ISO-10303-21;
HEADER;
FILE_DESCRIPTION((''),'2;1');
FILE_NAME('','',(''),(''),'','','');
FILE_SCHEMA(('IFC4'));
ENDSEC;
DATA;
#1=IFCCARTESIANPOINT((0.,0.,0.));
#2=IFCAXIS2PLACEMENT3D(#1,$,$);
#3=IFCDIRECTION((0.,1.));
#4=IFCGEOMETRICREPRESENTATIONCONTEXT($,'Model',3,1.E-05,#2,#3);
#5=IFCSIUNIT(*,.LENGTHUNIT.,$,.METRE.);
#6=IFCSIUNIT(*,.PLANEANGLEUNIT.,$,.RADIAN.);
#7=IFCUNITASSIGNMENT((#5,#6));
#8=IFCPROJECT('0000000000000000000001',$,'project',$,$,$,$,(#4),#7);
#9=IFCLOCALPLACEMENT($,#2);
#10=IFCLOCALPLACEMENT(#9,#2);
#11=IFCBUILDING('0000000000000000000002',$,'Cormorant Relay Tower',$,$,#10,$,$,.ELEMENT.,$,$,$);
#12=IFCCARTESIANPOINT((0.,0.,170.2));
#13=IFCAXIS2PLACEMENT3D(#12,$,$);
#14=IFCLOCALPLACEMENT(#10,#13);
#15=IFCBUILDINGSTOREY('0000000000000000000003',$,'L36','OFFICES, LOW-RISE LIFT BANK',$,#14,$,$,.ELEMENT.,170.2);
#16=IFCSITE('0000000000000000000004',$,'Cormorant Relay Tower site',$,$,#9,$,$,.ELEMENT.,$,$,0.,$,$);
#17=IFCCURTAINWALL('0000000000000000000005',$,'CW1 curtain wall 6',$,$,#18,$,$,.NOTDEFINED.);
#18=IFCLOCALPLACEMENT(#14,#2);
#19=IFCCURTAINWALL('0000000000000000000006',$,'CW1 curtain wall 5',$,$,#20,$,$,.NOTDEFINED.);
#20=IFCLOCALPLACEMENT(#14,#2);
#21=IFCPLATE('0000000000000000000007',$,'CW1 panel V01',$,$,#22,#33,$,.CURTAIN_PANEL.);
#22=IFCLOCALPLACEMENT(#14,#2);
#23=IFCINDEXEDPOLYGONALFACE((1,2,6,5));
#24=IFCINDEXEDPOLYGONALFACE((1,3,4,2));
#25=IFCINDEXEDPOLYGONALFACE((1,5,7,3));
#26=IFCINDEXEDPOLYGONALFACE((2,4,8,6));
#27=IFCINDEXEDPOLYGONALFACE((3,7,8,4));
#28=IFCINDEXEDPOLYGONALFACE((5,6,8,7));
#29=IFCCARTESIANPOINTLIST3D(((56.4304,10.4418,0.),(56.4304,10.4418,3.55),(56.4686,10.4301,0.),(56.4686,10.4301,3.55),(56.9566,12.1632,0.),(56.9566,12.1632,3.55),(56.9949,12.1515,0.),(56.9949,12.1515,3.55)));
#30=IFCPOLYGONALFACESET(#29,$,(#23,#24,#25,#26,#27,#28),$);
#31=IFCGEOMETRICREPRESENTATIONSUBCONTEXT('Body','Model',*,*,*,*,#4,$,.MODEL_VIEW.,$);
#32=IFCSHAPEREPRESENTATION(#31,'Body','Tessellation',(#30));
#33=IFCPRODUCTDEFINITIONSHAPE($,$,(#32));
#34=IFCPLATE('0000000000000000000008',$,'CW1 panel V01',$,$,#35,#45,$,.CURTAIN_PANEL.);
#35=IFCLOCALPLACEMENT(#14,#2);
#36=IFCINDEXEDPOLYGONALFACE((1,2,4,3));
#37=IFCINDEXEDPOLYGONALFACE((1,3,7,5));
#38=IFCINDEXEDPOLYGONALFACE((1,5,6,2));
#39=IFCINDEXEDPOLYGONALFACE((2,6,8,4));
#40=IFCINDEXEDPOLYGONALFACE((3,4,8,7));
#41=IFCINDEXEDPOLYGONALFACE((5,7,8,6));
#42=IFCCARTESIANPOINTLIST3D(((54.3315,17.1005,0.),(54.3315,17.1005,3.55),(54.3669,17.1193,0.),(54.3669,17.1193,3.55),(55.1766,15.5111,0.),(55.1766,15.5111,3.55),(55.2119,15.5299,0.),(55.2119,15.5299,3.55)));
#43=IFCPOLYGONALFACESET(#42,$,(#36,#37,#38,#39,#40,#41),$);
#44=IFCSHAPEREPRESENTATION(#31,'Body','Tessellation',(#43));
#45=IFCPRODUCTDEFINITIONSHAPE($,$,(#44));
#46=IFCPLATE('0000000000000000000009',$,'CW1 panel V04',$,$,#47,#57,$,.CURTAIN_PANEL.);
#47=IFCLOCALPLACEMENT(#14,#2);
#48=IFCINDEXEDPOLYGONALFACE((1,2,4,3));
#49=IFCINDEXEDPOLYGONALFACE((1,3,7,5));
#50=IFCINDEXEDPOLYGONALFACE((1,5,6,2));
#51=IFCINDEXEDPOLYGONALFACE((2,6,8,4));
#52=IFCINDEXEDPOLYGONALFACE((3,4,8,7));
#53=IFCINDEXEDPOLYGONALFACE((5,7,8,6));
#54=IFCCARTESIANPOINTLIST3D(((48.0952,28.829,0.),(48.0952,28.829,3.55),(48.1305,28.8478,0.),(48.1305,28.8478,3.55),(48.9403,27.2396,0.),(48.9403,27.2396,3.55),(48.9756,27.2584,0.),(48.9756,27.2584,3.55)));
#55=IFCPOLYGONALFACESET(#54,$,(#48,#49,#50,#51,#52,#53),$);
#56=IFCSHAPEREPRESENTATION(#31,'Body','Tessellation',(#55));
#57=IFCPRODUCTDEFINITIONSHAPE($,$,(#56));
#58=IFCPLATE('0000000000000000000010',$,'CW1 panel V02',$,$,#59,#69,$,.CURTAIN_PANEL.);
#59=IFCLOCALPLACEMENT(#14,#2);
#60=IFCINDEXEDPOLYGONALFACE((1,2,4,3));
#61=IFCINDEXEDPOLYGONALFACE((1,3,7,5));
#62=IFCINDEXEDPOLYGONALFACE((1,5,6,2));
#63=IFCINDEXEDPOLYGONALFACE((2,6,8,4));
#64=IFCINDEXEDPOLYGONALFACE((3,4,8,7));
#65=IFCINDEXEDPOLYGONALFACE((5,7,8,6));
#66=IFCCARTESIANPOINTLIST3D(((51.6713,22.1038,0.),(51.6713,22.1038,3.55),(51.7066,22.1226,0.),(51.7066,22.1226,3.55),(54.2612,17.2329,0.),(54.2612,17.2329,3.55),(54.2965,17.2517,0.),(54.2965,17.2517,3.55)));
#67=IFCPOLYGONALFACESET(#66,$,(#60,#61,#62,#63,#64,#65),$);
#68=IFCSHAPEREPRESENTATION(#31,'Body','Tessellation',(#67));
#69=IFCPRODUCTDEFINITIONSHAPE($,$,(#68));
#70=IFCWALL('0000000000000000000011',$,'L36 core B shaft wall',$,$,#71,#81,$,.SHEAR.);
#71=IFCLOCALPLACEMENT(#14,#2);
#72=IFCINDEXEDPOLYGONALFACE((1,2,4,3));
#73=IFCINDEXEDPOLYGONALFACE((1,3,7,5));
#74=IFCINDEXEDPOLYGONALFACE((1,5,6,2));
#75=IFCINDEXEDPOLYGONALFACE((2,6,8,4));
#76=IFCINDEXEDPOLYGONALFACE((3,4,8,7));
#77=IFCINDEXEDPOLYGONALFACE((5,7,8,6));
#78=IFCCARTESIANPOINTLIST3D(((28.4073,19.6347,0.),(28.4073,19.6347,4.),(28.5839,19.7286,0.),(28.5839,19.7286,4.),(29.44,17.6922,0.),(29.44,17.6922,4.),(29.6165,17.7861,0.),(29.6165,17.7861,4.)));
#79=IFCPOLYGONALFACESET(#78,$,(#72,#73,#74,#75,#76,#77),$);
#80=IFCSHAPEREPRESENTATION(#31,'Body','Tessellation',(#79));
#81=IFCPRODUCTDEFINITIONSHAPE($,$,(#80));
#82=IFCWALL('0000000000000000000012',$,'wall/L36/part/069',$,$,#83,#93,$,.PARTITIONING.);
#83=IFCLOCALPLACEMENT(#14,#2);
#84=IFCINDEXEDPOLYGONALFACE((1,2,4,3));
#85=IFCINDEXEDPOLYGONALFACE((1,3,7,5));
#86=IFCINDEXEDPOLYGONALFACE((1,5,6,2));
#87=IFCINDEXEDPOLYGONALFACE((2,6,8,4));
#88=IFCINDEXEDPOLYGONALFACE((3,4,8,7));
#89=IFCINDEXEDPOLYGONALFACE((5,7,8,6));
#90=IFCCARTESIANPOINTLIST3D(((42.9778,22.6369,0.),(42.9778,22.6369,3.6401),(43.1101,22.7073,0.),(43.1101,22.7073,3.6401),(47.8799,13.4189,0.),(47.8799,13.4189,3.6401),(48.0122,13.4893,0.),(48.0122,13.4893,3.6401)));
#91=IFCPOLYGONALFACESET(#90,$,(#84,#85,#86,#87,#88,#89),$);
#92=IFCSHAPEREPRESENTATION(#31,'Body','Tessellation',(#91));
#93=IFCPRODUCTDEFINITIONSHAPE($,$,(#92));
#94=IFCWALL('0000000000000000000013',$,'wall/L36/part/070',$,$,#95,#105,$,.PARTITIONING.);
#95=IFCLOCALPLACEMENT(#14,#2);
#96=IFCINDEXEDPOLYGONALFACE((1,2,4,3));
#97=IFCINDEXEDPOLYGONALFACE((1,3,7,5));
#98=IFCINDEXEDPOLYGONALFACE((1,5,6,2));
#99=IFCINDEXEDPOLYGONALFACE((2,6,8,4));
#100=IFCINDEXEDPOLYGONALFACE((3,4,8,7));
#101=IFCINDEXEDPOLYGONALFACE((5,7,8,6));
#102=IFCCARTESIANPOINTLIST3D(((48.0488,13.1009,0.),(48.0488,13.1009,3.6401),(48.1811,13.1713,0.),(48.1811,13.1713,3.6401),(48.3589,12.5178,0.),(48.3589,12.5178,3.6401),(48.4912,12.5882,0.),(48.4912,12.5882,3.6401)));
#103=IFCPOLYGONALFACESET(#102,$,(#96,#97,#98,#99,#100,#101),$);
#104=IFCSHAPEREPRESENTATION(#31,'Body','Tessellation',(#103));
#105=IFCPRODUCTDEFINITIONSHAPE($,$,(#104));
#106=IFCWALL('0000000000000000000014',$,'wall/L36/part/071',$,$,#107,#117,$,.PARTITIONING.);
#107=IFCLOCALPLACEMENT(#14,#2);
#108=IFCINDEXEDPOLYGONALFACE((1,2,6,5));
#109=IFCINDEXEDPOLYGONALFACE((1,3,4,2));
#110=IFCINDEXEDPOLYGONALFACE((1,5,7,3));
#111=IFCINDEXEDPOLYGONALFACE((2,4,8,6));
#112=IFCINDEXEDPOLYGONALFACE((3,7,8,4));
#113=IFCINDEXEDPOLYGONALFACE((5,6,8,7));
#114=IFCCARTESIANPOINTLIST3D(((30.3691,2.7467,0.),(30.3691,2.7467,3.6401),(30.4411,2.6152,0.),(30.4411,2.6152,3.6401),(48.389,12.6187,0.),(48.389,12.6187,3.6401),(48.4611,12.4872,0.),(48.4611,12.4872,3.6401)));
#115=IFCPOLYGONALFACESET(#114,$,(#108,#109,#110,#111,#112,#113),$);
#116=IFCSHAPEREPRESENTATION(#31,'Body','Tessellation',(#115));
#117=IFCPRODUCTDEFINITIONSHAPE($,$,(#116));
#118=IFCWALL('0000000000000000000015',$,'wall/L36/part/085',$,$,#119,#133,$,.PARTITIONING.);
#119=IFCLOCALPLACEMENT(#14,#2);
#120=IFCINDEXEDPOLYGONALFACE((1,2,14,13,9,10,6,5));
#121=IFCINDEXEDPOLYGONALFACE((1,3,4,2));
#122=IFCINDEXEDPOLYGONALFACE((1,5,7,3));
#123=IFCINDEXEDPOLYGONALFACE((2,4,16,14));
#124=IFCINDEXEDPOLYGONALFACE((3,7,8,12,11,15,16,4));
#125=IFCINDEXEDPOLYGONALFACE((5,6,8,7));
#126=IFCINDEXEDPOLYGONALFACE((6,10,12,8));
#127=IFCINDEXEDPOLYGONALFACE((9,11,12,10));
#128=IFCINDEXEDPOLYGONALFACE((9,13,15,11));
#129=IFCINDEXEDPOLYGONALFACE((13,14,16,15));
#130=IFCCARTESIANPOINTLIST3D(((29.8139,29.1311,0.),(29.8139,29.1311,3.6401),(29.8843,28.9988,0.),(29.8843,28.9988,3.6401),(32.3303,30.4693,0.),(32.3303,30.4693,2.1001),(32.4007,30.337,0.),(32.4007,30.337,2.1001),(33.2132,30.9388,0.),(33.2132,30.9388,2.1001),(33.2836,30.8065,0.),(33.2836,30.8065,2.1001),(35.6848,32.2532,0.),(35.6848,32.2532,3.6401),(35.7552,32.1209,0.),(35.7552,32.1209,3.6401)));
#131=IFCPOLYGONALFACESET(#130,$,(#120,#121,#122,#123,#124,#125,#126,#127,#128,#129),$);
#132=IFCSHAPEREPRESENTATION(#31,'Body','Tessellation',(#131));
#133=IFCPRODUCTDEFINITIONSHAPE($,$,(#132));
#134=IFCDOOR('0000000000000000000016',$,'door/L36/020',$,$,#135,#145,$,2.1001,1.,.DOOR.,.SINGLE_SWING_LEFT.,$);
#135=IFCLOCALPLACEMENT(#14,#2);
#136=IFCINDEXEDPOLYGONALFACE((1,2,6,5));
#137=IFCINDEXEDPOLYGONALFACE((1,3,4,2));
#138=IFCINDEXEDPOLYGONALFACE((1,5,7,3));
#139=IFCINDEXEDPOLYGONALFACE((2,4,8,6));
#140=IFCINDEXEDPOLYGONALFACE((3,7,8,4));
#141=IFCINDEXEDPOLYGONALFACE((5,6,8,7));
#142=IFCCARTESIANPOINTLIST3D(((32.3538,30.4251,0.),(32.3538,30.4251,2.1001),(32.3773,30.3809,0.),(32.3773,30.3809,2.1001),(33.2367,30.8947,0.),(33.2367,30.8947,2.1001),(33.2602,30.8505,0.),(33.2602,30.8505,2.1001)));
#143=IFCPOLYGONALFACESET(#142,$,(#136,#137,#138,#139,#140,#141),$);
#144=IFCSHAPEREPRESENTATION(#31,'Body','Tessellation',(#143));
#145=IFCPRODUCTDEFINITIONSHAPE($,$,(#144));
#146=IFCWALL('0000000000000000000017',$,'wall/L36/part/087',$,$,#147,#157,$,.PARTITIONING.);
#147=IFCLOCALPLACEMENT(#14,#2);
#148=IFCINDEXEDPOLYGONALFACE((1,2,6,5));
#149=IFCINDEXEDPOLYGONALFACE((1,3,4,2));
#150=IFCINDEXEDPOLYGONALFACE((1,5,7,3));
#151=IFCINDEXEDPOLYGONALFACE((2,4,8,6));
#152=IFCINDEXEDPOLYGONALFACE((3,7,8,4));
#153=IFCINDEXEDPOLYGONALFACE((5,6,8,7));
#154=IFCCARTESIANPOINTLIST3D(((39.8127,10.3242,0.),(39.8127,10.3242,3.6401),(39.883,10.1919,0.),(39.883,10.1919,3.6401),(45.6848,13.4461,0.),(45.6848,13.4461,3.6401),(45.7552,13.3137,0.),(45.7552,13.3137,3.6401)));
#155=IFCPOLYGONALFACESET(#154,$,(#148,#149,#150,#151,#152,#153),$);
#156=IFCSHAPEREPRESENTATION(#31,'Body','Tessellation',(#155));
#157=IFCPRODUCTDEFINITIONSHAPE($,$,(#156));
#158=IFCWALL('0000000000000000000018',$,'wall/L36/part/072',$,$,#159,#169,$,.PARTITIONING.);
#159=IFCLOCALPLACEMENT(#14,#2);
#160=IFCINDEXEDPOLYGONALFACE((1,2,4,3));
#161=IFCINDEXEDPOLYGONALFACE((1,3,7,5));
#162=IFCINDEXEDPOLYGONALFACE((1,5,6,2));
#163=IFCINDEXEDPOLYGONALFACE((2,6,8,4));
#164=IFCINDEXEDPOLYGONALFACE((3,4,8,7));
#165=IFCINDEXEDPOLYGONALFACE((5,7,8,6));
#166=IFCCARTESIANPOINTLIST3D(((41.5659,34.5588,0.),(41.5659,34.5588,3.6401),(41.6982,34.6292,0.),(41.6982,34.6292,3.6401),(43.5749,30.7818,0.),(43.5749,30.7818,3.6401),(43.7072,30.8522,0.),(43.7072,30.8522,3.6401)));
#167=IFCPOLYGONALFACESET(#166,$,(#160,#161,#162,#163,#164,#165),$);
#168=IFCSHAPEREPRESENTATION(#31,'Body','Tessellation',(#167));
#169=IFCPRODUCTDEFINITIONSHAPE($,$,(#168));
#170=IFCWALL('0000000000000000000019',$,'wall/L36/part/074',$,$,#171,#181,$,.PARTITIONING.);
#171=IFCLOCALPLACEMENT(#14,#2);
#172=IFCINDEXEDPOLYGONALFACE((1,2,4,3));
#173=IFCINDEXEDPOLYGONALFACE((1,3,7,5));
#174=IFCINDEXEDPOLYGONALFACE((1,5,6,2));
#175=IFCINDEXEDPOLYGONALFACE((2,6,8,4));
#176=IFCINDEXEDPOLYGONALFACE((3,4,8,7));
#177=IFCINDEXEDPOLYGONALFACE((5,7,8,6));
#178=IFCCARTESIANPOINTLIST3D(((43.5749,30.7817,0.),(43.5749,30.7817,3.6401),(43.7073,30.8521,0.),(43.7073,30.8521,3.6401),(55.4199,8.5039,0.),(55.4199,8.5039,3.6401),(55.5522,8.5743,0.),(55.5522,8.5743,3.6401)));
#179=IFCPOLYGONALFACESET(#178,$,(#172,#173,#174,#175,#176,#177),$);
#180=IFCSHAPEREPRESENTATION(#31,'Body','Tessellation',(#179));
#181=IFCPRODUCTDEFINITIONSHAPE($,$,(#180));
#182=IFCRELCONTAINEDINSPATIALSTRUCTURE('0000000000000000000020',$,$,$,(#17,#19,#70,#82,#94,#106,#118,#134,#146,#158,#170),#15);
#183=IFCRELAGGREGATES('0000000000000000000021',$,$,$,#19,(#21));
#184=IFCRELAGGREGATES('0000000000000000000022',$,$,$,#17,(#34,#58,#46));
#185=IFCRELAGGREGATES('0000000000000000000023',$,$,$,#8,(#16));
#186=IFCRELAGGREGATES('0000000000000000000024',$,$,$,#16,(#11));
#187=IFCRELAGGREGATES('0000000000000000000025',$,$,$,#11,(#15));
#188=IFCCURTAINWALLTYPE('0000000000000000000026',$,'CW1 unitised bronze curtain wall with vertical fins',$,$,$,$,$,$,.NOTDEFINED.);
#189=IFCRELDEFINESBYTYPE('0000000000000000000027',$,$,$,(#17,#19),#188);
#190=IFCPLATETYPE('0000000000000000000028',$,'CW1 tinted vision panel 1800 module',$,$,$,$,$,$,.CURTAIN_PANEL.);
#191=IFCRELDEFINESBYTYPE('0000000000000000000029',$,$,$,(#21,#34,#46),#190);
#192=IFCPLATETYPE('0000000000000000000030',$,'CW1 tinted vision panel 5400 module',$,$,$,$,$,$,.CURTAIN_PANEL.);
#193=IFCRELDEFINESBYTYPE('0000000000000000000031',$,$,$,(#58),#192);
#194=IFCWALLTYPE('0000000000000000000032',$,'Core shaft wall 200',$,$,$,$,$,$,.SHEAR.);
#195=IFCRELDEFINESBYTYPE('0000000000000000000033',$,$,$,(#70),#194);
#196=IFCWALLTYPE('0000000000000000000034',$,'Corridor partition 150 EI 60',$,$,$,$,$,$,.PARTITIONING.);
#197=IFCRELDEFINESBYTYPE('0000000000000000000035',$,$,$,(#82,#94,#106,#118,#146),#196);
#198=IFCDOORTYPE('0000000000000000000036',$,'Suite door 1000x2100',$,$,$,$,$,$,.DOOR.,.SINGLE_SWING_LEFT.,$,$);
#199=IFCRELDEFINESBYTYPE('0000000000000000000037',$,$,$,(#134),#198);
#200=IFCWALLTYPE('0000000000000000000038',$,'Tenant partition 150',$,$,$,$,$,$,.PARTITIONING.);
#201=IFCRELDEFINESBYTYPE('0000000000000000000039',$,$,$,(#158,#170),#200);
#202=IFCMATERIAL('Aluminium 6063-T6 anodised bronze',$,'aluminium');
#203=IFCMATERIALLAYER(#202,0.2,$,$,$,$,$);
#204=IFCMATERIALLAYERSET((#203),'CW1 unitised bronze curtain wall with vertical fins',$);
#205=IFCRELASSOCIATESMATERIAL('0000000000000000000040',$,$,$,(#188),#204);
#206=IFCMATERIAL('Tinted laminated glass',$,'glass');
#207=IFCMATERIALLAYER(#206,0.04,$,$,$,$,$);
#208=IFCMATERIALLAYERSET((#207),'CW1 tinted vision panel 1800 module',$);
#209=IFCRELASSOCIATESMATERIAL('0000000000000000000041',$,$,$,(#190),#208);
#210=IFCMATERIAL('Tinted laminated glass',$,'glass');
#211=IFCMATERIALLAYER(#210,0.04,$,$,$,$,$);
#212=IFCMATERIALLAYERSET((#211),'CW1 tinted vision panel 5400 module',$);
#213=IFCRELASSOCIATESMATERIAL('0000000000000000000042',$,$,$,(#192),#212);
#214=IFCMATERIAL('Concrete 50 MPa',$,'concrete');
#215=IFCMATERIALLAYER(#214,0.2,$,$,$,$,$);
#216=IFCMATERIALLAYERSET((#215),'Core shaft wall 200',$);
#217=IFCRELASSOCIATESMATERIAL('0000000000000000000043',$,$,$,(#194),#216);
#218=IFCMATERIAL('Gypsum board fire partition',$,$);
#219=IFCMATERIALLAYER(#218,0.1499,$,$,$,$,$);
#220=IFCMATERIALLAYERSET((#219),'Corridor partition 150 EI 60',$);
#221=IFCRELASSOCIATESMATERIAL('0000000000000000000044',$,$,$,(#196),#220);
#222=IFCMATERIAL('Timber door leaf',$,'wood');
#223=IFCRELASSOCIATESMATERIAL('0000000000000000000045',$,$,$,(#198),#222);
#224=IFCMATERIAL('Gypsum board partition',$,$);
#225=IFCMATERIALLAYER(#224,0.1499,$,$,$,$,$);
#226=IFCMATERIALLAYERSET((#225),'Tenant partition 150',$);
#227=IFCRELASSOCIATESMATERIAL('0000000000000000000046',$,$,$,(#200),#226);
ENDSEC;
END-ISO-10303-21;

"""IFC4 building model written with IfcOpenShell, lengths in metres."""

from ifc_helpers import new_model, si_unit, direction, frame, frame_2d, origin, origin_2d, place, context, subcontext, project, spatial, rectangle, extrude, material, layer, layer_set, type_object, element, fill, aggregate, save


model = new_model("IFC4")

# Units and contexts
model_context = context("Model", 3, precision=1e-05, world=origin(), true_north=direction((0.0, 1.0)))
body_context = subcontext(model_context, "Body", "Model", "MODEL_VIEW")
ifc_project = project(units=[si_unit("LENGTHUNIT", "METRE"), si_unit("PLANEANGLEUNIT", "RADIAN")], contexts=[model_context])

# Site, building, storey
site_placement = place(None, origin())
site = spatial("IfcSite", under=ifc_project, at=site_placement, Name="Cormorant Relay Tower site", CompositionType="ELEMENT", RefElevation=0.0)
building_placement = place(site_placement, origin())
building = spatial("IfcBuilding", under=site, at=building_placement, Name="Cormorant Relay Tower", CompositionType="ELEMENT")
storey_placement = place(building_placement, frame((0.0, 0.0, 170.2)))
storey = spatial("IfcBuildingStorey", under=building, at=storey_placement, Name="L36", Description="OFFICES, LOW-RISE LIFT BANK", CompositionType="ELEMENT", Elevation=170.2)

# Curtain wall
ifc_material_1 = material(Name="Aluminium 6063-T6 anodised bronze", Category="aluminium")
ifc_layer_1 = layer(ifc_material_1, 0.2)
ifc_layer_set_1 = layer_set([ifc_layer_1], Name="CW1 unitised bronze curtain wall with vertical fins")
curtain_wall_type = type_object("IfcCurtainWallType", Name="CW1 unitised bronze curtain wall with vertical fins", PredefinedType="NOTDEFINED", material=ifc_layer_set_1)
curtain_wall_1_placement = place(storey_placement, origin())
curtain_wall_1 = element("IfcCurtainWall", 1, at=curtain_wall_1_placement, inside=storey, type_object=curtain_wall_type, Name="CW1 curtain wall 6", PredefinedType="NOTDEFINED")

# Curtain wall, plate
curtain_wall_2_placement = place(storey_placement, origin())
curtain_wall_2 = element("IfcCurtainWall", 2, at=curtain_wall_2_placement, inside=storey, type_object=curtain_wall_type, Name="CW1 curtain wall 5", PredefinedType="NOTDEFINED")
ifc_material_2 = material(Name="Tinted laminated glass", Category="glass")
ifc_layer_2 = layer(ifc_material_2, 0.04)
ifc_layer_set_2 = layer_set([ifc_layer_2], Name="CW1 tinted vision panel 1800 module")
plate_type_1 = type_object("IfcPlateType", Name="CW1 tinted vision panel 1800 module", PredefinedType="CURTAIN_PANEL", material=ifc_layer_set_2)
plate_1_placement = place(storey_placement, frame((56.7126, 11.2966, 0.0), z_axis=(0.0, 0.0, 1.0), x_axis=(0.292372, 0.956305, 0.0)))
plate_1 = element("IfcPlate", 3, at=plate_1_placement, type_object=plate_type_1, Name="CW1 panel V01", PredefinedType="CURTAIN_PANEL", context=body_context, shape_type="SweptSolid", body=[
    extrude(rectangle(XDim=1.8, YDim=0.04, at=origin_2d()), origin(), (0.0, 0.0, 1.0), 3.55),
])
aggregate(curtain_wall_2, [plate_1])

# Plates
plate_2_placement = place(storey_placement, frame((54.7717, 16.3152, 0.0), z_axis=(0.0, 0.0, 1.0), x_axis=(-0.469472, 0.882948, 0.0)))
plate_2 = element("IfcPlate", 4, at=plate_2_placement, type_object=plate_type_1, Name="CW1 panel V01", PredefinedType="CURTAIN_PANEL", context=body_context, shape_type="SweptSolid", body=[
    extrude(rectangle(XDim=1.8, YDim=0.04, at=origin_2d()), origin(), (0.0, 0.0, 1.0), 3.55),
])
plate_3_placement = place(storey_placement, frame((48.5354, 28.0437, 0.0), z_axis=(0.0, 0.0, 1.0), x_axis=(-0.469472, 0.882948, 0.0)))
plate_3 = element("IfcPlate", 5, at=plate_3_placement, type_object=plate_type_1, Name="CW1 panel V04", PredefinedType="CURTAIN_PANEL", context=body_context, shape_type="SweptSolid", body=[
    extrude(rectangle(XDim=1.8, YDim=0.04, at=origin_2d()), origin(), (0.0, 0.0, 1.0), 3.55),
])
ifc_material_3 = material(Name="Tinted laminated glass", Category="glass")
ifc_layer_3 = layer(ifc_material_3, 0.04)
ifc_layer_set_3 = layer_set([ifc_layer_3], Name="CW1 tinted vision panel 5400 module")
plate_type_2 = type_object("IfcPlateType", Name="CW1 tinted vision panel 5400 module", PredefinedType="CURTAIN_PANEL", material=ifc_layer_set_3)
plate_4_placement = place(storey_placement, frame((52.9839, 19.6777, 0.0), z_axis=(0.0, 0.0, 1.0), x_axis=(-0.469472, 0.882948, 0.0)))
plate_4 = element("IfcPlate", 6, at=plate_4_placement, type_object=plate_type_2, Name="CW1 panel V02", PredefinedType="CURTAIN_PANEL", context=body_context, shape_type="SweptSolid", body=[
    extrude(rectangle(XDim=5.5166, YDim=0.04, at=origin_2d()), origin(), (0.0, 0.0, 1.0), 3.55),
])

# Wall
ifc_material_4 = material(Name="Concrete 50 MPa", Category="concrete")
ifc_layer_4 = layer(ifc_material_4, 0.2)
ifc_layer_set_4 = layer_set([ifc_layer_4], Name="Core shaft wall 200")
wall_type_1 = type_object("IfcWallType", Name="Core shaft wall 200", PredefinedType="SHEAR", material=ifc_layer_set_4)
wall_1_placement = place(storey_placement, frame((29.5283, 17.739, 0.0), z_axis=(0.0, 0.0, 1.0), x_axis=(-0.469401, 0.882985, 0.0)))
element("IfcWall", 7, at=wall_1_placement, inside=storey, type_object=wall_type_1, Name="L36 core B shaft wall", PredefinedType="SHEAR", context=body_context, shape_type="SweptSolid", body=[
    extrude(rectangle(XDim=2.2, YDim=0.2, at=frame_2d((1.1001, 0.0))), origin(), (0.0, 0.0, 1.0), 4.0),
])

# Walls
ifc_material_5 = material(Name="Gypsum board fire partition")
ifc_layer_5 = layer(ifc_material_5, 0.1499)
ifc_layer_set_5 = layer_set([ifc_layer_5], Name="Corridor partition 150 EI 60")
wall_type_2 = type_object("IfcWallType", Name="Corridor partition 150 EI 60", PredefinedType="PARTITIONING", material=ifc_layer_set_5)
wall_2_placement = place(storey_placement, frame((43.0439, 22.6721, 0.0), z_axis=(0.0, 0.0, 1.0), x_axis=(0.469531, -0.882916, 0.0)))
element("IfcWall", 8, at=wall_2_placement, inside=storey, type_object=wall_type_2, Name="wall/L36/part/069", PredefinedType="PARTITIONING", context=body_context, shape_type="SweptSolid", body=[
    extrude(rectangle(XDim=10.4404, YDim=0.1499, at=frame_2d((5.2202, 0.0))), origin(), (0.0, 0.0, 1.0), 3.6401),
])
wall_3_placement = place(storey_placement, frame((48.115, 13.136, 0.0), z_axis=(0.0, 0.0, 1.0), x_axis=(0.469552, -0.882905, 0.0)))
element("IfcWall", 9, at=wall_3_placement, inside=storey, type_object=wall_type_2, Name="wall/L36/part/070", PredefinedType="PARTITIONING", context=body_context, shape_type="SweptSolid", body=[
    extrude(rectangle(XDim=0.6604, YDim=0.1499, at=frame_2d((0.3301, 0.0))), origin(), (0.0, 0.0, 1.0), 3.6401),
])
wall_4_placement = place(storey_placement, frame((48.425, 12.553, 0.0), z_axis=(0.0, 0.0, 1.0), x_axis=(-0.877015, -0.480463, 0.0)))
element("IfcWall", 10, at=wall_4_placement, inside=storey, type_object=wall_type_2, Name="wall/L36/part/071", PredefinedType="PARTITIONING", context=body_context, shape_type="SweptSolid", body=[
    extrude(rectangle(XDim=20.5469, YDim=0.1499, at=frame_2d((10.2734, 0.0))), origin(), (0.0, 0.0, 1.0), 3.6401),
])

# Wall, opening, door
wall_5_placement = place(storey_placement, frame((29.8491, 29.0649, 0.0), z_axis=(0.0, 0.0, 1.0), x_axis=(0.882917, 0.469528, 0.0)))
wall_5 = element("IfcWall", 11, at=wall_5_placement, inside=storey, type_object=wall_type_2, Name="wall/L36/part/085", PredefinedType="PARTITIONING", context=body_context, shape_type="SweptSolid", body=[
    extrude(rectangle(XDim=6.6494, YDim=0.1499, at=frame_2d((3.3247, 0.0))), origin(), (0.0, 0.0, 1.0), 3.6401),
])
opening_1_placement = place(wall_5_placement, frame((2.8501, 0.0, 0.0)))
opening_1 = element("IfcOpeningElement", 12, at=opening_1_placement, cuts=wall_5, PredefinedType="OPENING", context=body_context, shape_type="SweptSolid", body=[
    extrude(rectangle(XDim=1.0, YDim=2.1001, at=frame_2d((0.5, 1.05))), frame((0.0, 0.085, 0.0), z_axis=(0.0, -1.0, 0.0), x_axis=(1.0, 0.0, 0.0)), (0.0, 0.0, 1.0), 0.1699),
])
ifc_material_6 = material(Name="Timber door leaf", Category="wood")
door_type_1 = type_object("IfcDoorType", Name="Suite door 1000x2100", OperationType="SINGLE_SWING_LEFT", PredefinedType="DOOR", material=ifc_material_6)
door_1_placement = place(opening_1_placement, origin())
door_1 = element("IfcDoor", 13, at=door_1_placement, inside=storey, type_object=door_type_1, Name="door/L36/020", OperationType="SINGLE_SWING_LEFT", OverallHeight=2.1001, OverallWidth=1.0, PredefinedType="DOOR", context=body_context, shape_type="SweptSolid", body=[
    extrude(rectangle(XDim=1.0, YDim=2.1001, at=frame_2d((0.5, 1.05))), frame((0.0, 0.0249, 0.0), z_axis=(0.0, -1.0, 0.0), x_axis=(1.0, 0.0, 0.0)), (0.0, 0.0, 1.0), 0.05),
])
fill(opening_1, door_1)

# Walls
wall_6_placement = place(storey_placement, frame((45.72, 13.3799, 0.0), z_axis=(0.0, 0.0, 1.0), x_axis=(-0.882973, -0.469424, 0.0)))
element("IfcWall", 14, at=wall_6_placement, inside=storey, type_object=wall_type_2, Name="wall/L36/part/087", PredefinedType="PARTITIONING", context=body_context, shape_type="SweptSolid", body=[
    extrude(rectangle(XDim=6.6504, YDim=0.1499, at=frame_2d((3.3252, 0.0))), origin(), (0.0, 0.0, 1.0), 3.6401),
])
ifc_material_7 = material(Name="Gypsum board partition")
ifc_layer_6 = layer(ifc_material_7, 0.1499)
ifc_layer_set_6 = layer_set([ifc_layer_6], Name="Tenant partition 150")
wall_type_3 = type_object("IfcWallType", Name="Tenant partition 150", PredefinedType="PARTITIONING", material=ifc_layer_set_6)
wall_7_placement = place(storey_placement, frame((43.6411, 30.8169, 0.0), z_axis=(0.0, 0.0, 1.0), x_axis=(-0.469602, 0.882878, 0.0)))
element("IfcWall", 15, at=wall_7_placement, inside=storey, type_object=wall_type_3, Name="wall/L36/part/072", PredefinedType="PARTITIONING", context=body_context, shape_type="SweptSolid", body=[
    extrude(rectangle(XDim=4.2781, YDim=0.1499, at=frame_2d((2.1392, 0.0))), origin(), (0.0, 0.0, 1.0), 3.6401),
])
wall_8_placement = place(storey_placement, frame((43.6411, 30.8169, 0.0), z_axis=(0.0, 0.0, 1.0), x_axis=(0.46946, -0.882954, 0.0)))
element("IfcWall", 16, at=wall_8_placement, inside=storey, type_object=wall_type_3, Name="wall/L36/part/074", PredefinedType="PARTITIONING", context=body_context, shape_type="SweptSolid", body=[
    extrude(rectangle(XDim=25.231, YDim=0.1499, at=frame_2d((12.6155, 0.0))), origin(), (0.0, 0.0, 1.0), 3.6401),
])

aggregate(curtain_wall_1, [plate_2, plate_4, plate_3])

save(model, "model.ifc")
